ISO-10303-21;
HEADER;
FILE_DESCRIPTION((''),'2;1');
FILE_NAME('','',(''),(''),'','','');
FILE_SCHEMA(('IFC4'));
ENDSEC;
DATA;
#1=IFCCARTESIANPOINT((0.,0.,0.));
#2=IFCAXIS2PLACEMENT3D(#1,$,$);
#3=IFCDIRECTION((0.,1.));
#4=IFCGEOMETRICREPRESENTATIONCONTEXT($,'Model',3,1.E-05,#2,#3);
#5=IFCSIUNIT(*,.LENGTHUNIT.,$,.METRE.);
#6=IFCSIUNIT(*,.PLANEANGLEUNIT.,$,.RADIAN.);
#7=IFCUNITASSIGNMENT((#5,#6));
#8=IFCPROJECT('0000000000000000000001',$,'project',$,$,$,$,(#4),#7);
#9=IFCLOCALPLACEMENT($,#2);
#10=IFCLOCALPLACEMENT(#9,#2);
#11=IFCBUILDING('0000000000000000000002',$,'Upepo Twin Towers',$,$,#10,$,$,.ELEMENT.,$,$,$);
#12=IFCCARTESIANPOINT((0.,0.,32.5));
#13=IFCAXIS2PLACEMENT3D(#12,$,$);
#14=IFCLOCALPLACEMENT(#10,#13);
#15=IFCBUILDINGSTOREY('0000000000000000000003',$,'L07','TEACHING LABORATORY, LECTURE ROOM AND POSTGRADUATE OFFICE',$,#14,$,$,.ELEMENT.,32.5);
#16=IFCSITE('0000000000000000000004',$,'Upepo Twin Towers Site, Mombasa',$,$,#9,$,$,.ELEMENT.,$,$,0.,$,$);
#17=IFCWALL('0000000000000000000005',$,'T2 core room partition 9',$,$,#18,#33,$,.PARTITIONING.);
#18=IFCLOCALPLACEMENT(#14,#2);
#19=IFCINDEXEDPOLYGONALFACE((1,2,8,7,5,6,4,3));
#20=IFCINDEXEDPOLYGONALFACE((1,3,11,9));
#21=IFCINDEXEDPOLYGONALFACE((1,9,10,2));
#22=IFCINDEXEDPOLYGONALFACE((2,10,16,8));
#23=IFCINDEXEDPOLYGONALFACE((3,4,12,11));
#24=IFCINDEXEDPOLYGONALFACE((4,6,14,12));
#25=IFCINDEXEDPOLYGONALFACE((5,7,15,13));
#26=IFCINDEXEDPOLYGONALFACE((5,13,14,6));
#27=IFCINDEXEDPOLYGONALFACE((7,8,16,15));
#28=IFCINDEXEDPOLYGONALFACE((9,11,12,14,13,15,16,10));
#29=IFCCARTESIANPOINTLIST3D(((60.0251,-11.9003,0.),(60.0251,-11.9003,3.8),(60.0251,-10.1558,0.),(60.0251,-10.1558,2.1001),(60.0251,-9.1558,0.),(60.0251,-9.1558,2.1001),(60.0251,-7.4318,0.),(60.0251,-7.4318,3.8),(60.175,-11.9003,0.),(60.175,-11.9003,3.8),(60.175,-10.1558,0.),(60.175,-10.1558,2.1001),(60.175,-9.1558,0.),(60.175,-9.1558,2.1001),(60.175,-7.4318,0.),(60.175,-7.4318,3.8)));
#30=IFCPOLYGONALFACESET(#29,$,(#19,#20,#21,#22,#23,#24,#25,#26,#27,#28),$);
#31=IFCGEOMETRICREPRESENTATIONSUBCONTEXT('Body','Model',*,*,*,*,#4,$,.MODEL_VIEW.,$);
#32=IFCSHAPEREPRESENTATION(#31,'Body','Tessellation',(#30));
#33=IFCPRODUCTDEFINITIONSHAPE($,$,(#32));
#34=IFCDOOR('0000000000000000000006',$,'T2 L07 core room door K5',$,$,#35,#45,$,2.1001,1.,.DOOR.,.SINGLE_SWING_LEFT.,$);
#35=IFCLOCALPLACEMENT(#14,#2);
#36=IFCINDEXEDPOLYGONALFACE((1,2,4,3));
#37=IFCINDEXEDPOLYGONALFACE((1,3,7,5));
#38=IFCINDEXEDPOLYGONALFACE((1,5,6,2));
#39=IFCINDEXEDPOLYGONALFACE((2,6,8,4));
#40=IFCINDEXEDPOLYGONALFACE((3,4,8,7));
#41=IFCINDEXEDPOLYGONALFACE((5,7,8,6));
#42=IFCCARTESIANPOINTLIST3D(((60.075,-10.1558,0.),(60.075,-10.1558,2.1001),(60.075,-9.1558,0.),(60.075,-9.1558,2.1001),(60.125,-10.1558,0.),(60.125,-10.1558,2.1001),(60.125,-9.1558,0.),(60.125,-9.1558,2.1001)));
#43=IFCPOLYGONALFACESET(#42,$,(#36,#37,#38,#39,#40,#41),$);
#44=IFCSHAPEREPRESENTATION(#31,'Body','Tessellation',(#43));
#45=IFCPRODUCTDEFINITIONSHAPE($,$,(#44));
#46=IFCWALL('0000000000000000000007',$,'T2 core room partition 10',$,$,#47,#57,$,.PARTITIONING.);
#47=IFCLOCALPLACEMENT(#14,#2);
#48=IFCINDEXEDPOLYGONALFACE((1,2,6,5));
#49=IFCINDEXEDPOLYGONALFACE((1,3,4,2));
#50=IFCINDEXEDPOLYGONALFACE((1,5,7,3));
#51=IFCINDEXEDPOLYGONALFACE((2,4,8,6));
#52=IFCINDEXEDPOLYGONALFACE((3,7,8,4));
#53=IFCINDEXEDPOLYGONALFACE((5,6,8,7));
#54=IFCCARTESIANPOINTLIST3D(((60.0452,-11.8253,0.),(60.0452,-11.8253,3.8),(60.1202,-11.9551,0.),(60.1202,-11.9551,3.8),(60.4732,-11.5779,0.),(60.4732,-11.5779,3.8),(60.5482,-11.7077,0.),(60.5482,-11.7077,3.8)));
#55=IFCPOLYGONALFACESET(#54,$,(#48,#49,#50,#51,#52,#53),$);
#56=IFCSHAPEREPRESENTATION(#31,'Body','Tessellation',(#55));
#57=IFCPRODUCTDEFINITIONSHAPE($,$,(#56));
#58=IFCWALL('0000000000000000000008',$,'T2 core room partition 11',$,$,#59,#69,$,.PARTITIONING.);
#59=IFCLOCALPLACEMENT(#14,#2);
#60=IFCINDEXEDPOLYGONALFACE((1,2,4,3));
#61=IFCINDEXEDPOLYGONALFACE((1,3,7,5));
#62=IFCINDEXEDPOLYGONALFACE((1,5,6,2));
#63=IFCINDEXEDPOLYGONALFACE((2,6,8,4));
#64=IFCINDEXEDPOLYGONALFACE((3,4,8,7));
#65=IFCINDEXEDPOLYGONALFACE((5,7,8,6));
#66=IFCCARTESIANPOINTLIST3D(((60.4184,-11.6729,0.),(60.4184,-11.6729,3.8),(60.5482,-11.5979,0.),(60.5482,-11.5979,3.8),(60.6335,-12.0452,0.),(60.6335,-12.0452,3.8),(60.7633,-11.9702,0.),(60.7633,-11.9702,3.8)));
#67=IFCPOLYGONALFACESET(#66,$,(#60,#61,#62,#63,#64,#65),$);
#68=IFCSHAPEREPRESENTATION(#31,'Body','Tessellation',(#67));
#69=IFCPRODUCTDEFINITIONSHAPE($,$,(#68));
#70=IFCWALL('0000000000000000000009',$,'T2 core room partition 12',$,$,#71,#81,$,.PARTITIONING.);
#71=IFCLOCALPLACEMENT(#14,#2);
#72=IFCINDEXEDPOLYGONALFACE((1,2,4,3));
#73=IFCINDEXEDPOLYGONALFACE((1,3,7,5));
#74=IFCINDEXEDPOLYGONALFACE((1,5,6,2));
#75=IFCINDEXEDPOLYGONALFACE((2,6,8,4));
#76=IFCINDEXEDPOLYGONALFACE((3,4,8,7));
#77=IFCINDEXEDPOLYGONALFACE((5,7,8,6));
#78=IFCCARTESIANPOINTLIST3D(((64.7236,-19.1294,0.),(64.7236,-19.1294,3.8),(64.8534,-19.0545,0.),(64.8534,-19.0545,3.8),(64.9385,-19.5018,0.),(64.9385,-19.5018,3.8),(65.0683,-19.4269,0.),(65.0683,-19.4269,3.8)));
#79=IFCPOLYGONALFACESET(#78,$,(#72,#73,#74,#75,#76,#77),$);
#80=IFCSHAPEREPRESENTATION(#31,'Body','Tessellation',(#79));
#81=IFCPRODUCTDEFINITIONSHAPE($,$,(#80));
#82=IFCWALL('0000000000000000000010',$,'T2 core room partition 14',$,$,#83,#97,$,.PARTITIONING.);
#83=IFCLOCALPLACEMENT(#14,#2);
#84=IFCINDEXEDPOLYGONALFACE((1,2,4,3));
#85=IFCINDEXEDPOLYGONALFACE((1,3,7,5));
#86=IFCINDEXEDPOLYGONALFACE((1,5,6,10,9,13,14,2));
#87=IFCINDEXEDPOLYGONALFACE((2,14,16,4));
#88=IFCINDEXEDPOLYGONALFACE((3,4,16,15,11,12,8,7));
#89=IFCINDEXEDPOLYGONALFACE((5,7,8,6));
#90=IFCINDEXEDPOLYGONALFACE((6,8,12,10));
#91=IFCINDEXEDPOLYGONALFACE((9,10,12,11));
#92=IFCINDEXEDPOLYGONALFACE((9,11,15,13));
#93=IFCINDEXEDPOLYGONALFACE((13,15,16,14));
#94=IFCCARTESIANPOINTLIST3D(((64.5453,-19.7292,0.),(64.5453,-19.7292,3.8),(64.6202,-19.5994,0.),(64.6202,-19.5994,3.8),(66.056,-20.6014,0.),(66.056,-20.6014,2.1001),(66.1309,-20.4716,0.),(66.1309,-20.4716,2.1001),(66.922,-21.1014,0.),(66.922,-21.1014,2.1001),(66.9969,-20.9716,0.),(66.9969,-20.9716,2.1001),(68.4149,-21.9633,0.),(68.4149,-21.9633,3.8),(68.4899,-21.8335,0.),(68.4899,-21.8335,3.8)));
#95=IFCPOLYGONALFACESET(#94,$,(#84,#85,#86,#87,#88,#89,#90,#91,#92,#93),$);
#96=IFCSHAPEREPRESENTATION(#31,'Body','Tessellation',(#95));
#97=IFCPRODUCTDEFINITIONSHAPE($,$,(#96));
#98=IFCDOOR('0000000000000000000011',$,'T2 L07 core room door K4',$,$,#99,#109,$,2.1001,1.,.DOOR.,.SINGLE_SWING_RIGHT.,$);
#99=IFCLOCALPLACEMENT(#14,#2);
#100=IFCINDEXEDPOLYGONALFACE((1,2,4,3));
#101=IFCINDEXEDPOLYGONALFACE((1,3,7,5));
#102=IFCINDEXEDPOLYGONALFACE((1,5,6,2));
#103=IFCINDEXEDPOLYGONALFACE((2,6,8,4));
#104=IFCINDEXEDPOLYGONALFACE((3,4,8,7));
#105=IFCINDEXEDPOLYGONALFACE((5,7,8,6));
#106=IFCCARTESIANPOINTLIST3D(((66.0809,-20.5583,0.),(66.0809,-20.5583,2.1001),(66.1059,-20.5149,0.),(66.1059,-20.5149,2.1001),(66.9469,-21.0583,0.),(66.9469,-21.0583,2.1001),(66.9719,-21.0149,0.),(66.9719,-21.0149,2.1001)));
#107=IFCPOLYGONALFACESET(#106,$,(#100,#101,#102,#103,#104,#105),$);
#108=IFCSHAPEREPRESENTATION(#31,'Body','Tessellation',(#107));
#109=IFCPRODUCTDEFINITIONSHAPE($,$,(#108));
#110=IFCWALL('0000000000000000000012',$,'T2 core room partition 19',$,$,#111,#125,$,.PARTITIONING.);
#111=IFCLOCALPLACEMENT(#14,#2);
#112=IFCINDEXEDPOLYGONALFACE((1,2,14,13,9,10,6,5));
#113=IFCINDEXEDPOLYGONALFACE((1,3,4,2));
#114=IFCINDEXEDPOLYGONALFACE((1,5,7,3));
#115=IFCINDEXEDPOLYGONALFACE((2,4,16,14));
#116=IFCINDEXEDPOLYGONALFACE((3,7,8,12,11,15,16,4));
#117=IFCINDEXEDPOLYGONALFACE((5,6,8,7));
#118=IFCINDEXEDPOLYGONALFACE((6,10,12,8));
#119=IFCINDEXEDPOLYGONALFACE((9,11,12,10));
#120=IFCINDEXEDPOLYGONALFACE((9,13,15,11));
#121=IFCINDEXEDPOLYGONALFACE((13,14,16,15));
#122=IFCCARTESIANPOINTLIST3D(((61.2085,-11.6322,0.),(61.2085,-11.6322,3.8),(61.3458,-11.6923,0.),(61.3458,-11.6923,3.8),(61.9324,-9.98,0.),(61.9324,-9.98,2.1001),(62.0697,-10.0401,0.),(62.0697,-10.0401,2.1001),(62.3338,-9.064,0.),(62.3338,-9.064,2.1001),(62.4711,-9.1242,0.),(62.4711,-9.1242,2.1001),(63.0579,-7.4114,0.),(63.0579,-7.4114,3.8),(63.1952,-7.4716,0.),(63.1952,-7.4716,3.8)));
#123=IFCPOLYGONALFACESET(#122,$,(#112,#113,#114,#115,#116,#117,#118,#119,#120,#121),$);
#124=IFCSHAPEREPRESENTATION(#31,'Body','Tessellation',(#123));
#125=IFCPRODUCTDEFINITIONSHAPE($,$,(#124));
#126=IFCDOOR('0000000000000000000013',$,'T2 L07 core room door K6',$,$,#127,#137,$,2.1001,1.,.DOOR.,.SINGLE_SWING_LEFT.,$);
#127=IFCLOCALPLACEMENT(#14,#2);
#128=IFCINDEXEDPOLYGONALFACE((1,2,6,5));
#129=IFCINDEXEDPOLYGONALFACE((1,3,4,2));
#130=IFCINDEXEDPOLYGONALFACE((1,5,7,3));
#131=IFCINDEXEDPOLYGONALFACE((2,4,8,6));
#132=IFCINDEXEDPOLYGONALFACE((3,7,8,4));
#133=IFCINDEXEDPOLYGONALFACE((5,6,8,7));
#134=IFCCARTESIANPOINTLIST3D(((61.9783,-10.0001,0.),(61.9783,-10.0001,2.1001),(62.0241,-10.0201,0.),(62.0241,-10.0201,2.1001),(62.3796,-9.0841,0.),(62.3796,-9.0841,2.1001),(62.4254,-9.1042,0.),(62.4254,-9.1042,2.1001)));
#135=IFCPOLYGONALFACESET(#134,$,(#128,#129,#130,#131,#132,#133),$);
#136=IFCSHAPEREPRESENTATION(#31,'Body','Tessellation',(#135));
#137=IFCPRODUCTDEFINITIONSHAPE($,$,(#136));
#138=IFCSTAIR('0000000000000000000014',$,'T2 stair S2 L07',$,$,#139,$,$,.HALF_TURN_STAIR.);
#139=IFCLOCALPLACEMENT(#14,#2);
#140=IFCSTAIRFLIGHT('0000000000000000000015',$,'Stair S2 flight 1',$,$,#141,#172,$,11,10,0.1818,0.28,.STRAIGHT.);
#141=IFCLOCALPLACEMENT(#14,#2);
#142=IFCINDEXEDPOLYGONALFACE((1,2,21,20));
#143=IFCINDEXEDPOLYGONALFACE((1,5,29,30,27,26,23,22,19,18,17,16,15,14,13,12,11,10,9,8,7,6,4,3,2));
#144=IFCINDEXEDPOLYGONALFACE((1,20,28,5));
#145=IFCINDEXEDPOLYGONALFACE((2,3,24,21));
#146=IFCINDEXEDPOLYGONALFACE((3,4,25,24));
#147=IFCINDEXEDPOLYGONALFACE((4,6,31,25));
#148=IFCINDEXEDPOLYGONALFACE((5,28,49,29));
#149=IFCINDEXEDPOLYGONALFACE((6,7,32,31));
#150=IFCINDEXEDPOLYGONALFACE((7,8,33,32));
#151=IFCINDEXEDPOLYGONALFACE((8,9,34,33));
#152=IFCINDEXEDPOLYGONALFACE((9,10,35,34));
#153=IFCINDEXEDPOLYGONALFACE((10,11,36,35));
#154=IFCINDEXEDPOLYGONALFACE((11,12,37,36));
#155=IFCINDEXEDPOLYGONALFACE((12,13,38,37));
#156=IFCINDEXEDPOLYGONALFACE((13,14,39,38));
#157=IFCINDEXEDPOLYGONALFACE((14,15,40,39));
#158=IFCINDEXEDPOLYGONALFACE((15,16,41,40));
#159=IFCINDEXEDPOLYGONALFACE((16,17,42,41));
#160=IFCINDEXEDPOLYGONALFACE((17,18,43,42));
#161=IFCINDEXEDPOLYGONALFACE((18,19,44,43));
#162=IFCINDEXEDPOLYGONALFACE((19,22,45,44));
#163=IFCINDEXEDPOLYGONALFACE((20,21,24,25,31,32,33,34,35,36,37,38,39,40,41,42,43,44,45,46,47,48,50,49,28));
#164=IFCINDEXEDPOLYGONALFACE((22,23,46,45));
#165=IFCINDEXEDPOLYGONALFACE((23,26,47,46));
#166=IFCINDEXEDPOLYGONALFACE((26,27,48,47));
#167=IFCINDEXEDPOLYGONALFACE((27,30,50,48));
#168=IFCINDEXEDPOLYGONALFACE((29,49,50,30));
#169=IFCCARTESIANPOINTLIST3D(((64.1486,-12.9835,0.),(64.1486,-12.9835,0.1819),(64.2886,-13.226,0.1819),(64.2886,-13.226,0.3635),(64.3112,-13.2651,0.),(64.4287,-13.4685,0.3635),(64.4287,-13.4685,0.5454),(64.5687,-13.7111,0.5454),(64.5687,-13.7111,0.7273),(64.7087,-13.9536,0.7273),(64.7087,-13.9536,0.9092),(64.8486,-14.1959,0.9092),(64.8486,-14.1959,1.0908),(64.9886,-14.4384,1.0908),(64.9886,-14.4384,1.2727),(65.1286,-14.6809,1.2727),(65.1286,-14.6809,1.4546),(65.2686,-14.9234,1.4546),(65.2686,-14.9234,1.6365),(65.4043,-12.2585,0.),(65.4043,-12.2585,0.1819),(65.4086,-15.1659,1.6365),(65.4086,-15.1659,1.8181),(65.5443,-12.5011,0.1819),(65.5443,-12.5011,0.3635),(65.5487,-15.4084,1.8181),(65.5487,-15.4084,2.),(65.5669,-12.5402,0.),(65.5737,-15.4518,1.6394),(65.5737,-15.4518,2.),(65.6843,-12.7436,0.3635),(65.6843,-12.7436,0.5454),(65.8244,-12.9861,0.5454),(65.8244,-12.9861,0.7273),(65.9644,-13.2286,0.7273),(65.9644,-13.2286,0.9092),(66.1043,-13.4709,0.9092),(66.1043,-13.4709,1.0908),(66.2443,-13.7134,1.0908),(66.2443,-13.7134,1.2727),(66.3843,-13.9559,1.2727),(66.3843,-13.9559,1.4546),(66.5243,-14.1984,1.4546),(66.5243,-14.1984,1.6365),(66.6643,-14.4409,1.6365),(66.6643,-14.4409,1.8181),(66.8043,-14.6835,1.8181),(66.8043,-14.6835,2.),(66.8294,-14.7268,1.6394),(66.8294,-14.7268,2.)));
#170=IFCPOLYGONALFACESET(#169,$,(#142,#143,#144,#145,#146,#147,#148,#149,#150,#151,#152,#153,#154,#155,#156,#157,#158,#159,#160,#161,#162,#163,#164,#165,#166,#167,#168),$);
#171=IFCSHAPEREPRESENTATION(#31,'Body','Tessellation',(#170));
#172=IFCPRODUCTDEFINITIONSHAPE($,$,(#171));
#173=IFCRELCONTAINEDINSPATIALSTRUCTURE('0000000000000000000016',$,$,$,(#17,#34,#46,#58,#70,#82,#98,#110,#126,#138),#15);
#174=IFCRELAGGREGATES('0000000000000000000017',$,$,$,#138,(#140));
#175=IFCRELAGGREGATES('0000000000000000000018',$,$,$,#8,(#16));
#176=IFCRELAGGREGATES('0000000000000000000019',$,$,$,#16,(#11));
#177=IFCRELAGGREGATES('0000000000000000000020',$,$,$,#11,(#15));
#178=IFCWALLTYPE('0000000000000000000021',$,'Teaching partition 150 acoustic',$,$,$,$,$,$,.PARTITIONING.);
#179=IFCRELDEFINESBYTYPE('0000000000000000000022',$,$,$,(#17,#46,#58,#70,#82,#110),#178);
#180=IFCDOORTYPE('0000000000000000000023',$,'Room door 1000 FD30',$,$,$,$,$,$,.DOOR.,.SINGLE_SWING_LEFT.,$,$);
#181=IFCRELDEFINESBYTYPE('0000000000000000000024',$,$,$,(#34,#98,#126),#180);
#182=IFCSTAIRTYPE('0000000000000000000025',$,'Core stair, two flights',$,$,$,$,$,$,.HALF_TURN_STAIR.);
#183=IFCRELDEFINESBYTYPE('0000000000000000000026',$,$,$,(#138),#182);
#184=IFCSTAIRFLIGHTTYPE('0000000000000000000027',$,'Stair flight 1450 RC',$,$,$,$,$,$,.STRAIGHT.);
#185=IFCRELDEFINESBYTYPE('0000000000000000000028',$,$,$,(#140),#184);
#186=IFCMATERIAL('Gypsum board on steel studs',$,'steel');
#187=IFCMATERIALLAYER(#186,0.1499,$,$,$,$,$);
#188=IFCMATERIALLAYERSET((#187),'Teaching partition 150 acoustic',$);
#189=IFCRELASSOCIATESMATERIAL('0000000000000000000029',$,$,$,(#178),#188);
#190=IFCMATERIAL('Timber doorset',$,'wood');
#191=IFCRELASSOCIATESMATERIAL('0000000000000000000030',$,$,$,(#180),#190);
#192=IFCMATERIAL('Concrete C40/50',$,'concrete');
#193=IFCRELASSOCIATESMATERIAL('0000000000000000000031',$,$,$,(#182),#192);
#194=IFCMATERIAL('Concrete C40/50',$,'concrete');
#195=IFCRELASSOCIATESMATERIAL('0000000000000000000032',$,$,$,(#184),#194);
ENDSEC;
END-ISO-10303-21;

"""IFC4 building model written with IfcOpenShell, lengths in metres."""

from ifc_helpers import new_model, si_unit, direction, frame, frame_2d, origin, place, context, subcontext, project, spatial, polyline, rectangle, outline, extrude, material, layer, layer_set, type_object, element, fill, aggregate, save


model = new_model("IFC4")

# Units and contexts
model_context = context("Model", 3, precision=1e-05, world=origin(), true_north=direction((0.0, 1.0)))
body_context = subcontext(model_context, "Body", "Model", "MODEL_VIEW")
ifc_project = project(units=[si_unit("LENGTHUNIT", "METRE"), si_unit("PLANEANGLEUNIT", "RADIAN")], contexts=[model_context])

# Site, building, storey
site_placement = place(None, origin())
site = spatial("IfcSite", under=ifc_project, at=site_placement, Name="Upepo Twin Towers Site, Mombasa", CompositionType="ELEMENT", RefElevation=0.0)
building_placement = place(site_placement, origin())
building = spatial("IfcBuilding", under=site, at=building_placement, Name="Upepo Twin Towers", CompositionType="ELEMENT")
storey_placement = place(building_placement, frame((0.0, 0.0, 32.5)))
storey = spatial("IfcBuildingStorey", under=building, at=storey_placement, Name="L07", Description="TEACHING LABORATORY, LECTURE ROOM AND POSTGRADUATE OFFICE", CompositionType="ELEMENT", Elevation=32.5)

# Wall, opening, door
ifc_material_1 = material(Name="Gypsum board on steel studs", Category="steel")
ifc_layer_1 = layer(ifc_material_1, 0.1499)
ifc_layer_set_1 = layer_set([ifc_layer_1], Name="Teaching partition 150 acoustic")
wall_type_1 = type_object("IfcWallType", Name="Teaching partition 150 acoustic", PredefinedType="PARTITIONING", material=ifc_layer_set_1)
wall_1_placement = place(storey_placement, frame((60.1001, -7.4316, 0.0), z_axis=(0.0, 0.0, 1.0), x_axis=(0.0, -1.0, 0.0)))
wall_1 = element("IfcWall", 1, at=wall_1_placement, inside=storey, type_object=wall_type_1, Name="T2 core room partition 9", PredefinedType="PARTITIONING", context=body_context, shape_type="SweptSolid", body=[
    extrude(rectangle(XDim=4.4685, YDim=0.1499, at=frame_2d((2.2344, 0.0))), origin(), (0.0, 0.0, 1.0), 3.8),
])
opening_1_placement = place(wall_1_placement, frame((1.7241, 0.0, 0.0)))
opening_1 = element("IfcOpeningElement", 2, at=opening_1_placement, cuts=wall_1, PredefinedType="OPENING", context=body_context, shape_type="SweptSolid", body=[
    extrude(rectangle(XDim=1.0, YDim=2.1001, at=frame_2d((0.5, 1.05))), frame((0.0, 0.085, 0.0), z_axis=(0.0, -1.0, 0.0), x_axis=(1.0, 0.0, 0.0)), (0.0, 0.0, 1.0), 0.1699),
])
ifc_material_2 = material(Name="Timber doorset", Category="wood")
door_type_1 = type_object("IfcDoorType", Name="Room door 1000 FD30", OperationType="SINGLE_SWING_LEFT", PredefinedType="DOOR", material=ifc_material_2)
door_1_placement = place(opening_1_placement, origin())
door_1 = element("IfcDoor", 3, at=door_1_placement, inside=storey, type_object=door_type_1, Name="T2 L07 core room door K5", OperationType="SINGLE_SWING_LEFT", OverallHeight=2.1001, OverallWidth=1.0, PredefinedType="DOOR", context=body_context, shape_type="SweptSolid", body=[
    extrude(rectangle(XDim=1.0, YDim=2.1001, at=frame_2d((0.5, 1.05))), frame((0.0, 0.0249, 0.0), z_axis=(0.0, -1.0, 0.0), x_axis=(1.0, 0.0, 0.0)), (0.0, 0.0, 1.0), 0.05),
])
fill(opening_1, door_1)

# Walls
wall_2_placement = place(storey_placement, frame((60.0828, -11.8901, 0.0), z_axis=(0.0, 0.0, 1.0), x_axis=(0.865832, 0.500335, 0.0)))
element("IfcWall", 4, at=wall_2_placement, inside=storey, type_object=wall_type_1, Name="T2 core room partition 10", PredefinedType="PARTITIONING", context=body_context, shape_type="SweptSolid", body=[
    extrude(rectangle(XDim=0.4944, YDim=0.1499, at=frame_2d((0.2471, 0.0))), origin(), (0.0, 0.0, 1.0), 3.8),
])
for number, where, z_axis, x_axis, name in (
    (5, (60.4834, -11.6355, 0.0), (0.0, 0.0, 1.0), (0.50023, -0.865892, 0.0), "T2 core room partition 11"),
    (6, (64.7886, -19.092, 0.0), (0.0, 0.0, 1.0), (0.499804, -0.866138, 0.0), "T2 core room partition 12"),
):
    element("IfcWall", number, at=place(storey_placement, frame(where, z_axis=z_axis, x_axis=x_axis)), inside=storey, type_object=wall_type_1, Name=name, PredefinedType="PARTITIONING", context=body_context, shape_type="SweptSolid", body=[
        extrude(rectangle(XDim=0.4299, YDim=0.1499, at=frame_2d((0.2148, 0.0))), origin(), (0.0, 0.0, 1.0), 3.8),
    ])

# Walls, openings, doors
wall_3_placement = place(storey_placement, frame((64.5828, -19.6643, 0.0), z_axis=(0.0, 0.0, 1.0), x_axis=(0.866025, -0.5, 0.0)))
wall_3 = element("IfcWall", 7, at=wall_3_placement, inside=storey, type_object=wall_type_1, Name="T2 core room partition 14", PredefinedType="PARTITIONING", context=body_context, shape_type="SweptSolid", body=[
    extrude(rectangle(XDim=4.4683, YDim=0.1499, at=frame_2d((2.2341, 0.0))), origin(), (0.0, 0.0, 1.0), 3.8),
])
opening_2_placement = place(wall_3_placement, frame((1.7444, 0.0, 0.0)))
opening_2 = element("IfcOpeningElement", 8, at=opening_2_placement, cuts=wall_3, PredefinedType="OPENING", context=body_context, shape_type="SweptSolid", body=[
    extrude(rectangle(XDim=1.0, YDim=2.1001, at=frame_2d((0.5, 1.05))), frame((0.0, 0.085, 0.0), z_axis=(0.0, -1.0, 0.0), x_axis=(1.0, 0.0, 0.0)), (0.0, 0.0, 1.0), 0.1699),
])
door_2_placement = place(opening_2_placement, origin())
door_2 = element("IfcDoor", 9, at=door_2_placement, inside=storey, type_object=door_type_1, Name="T2 L07 core room door K4", OperationType="SINGLE_SWING_RIGHT", OverallHeight=2.1001, OverallWidth=1.0, PredefinedType="DOOR", context=body_context, shape_type="SweptSolid", body=[
    extrude(rectangle(XDim=1.0, YDim=2.1001, at=frame_2d((0.5, 1.05))), frame((0.0, 0.0249, 0.0), z_axis=(0.0, -1.0, 0.0), x_axis=(1.0, 0.0, 0.0)), (0.0, 0.0, 1.0), 0.05),
])
fill(opening_2, door_2)
wall_4_placement = place(storey_placement, frame((61.2771, -11.6624, 0.0), z_axis=(0.0, 0.0, 1.0), x_axis=(0.40133, 0.915933, 0.0)))
wall_4 = element("IfcWall", 10, at=wall_4_placement, inside=storey, type_object=wall_type_1, Name="T2 core room partition 19", PredefinedType="PARTITIONING", context=body_context, shape_type="SweptSolid", body=[
    extrude(rectangle(XDim=4.6082, YDim=0.1499, at=frame_2d((2.3042, 0.0))), origin(), (0.0, 0.0, 1.0), 3.8),
])
opening_3_placement = place(wall_4_placement, frame((1.804, 0.0, 0.0)))
opening_3 = element("IfcOpeningElement", 11, at=opening_3_placement, cuts=wall_4, PredefinedType="OPENING", context=body_context, shape_type="SweptSolid", body=[
    extrude(rectangle(XDim=1.0, YDim=2.1001, at=frame_2d((0.5, 1.05))), frame((0.0, 0.085, 0.0), z_axis=(0.0, -1.0, 0.0), x_axis=(1.0, 0.0, 0.0)), (0.0, 0.0, 1.0), 0.1699),
])
door_3_placement = place(opening_3_placement, origin())
door_3 = element("IfcDoor", 12, at=door_3_placement, inside=storey, type_object=door_type_1, Name="T2 L07 core room door K6", OperationType="SINGLE_SWING_LEFT", OverallHeight=2.1001, OverallWidth=1.0, PredefinedType="DOOR", context=body_context, shape_type="SweptSolid", body=[
    extrude(rectangle(XDim=1.0, YDim=2.1001, at=frame_2d((0.5, 1.05))), frame((0.0, 0.0249, 0.0), z_axis=(0.0, -1.0, 0.0), x_axis=(1.0, 0.0, 0.0)), (0.0, 0.0, 1.0), 0.05),
])
fill(opening_3, door_3)

# Stair, stair flight
ifc_material_3 = material(Name="Concrete C40/50", Category="concrete")
stair_type = type_object("IfcStairType", Name="Core stair, two flights", PredefinedType="HALF_TURN_STAIR", material=ifc_material_3)
stair_placement = place(storey_placement, origin())
stair = element("IfcStair", 13, at=stair_placement, inside=storey, type_object=stair_type, Name="T2 stair S2 L07", PredefinedType="HALF_TURN_STAIR")
ifc_material_4 = material(Name="Concrete C40/50", Category="concrete")
stair_flight_type = type_object("IfcStairFlightType", Name="Stair flight 1450 RC", PredefinedType="STRAIGHT", material=ifc_material_4)
stair_flight_placement = place(storey_placement, frame((64.7764, -12.6211, 0.0), z_axis=(0.0, 0.0, 1.0), x_axis=(0.5, -0.866025, 0.0)))
stair_flight = element("IfcStairFlight", 14, at=stair_flight_placement, type_object=stair_flight_type, Name="Stair S2 flight 1", NumberOfRisers=11, NumberOfTreads=10, PredefinedType="STRAIGHT", RiserHeight=0.1818, TreadLength=0.28, context=body_context, shape_type="SweptSolid", body=[
    extrude(outline(polyline([(0.0, 0.0), (0.0, 0.1819), (0.28, 0.1819), (0.28, 0.3635), (0.5601, 0.3635), (0.5601, 0.5454), (0.8401, 0.5454), (0.8401, 0.7273), (1.1201, 0.7273), (1.1201, 0.9092), (1.3999, 0.9092), (1.3999, 1.0908), (1.6799, 1.0908), (1.6799, 1.2727), (1.96, 1.2727), (1.96, 1.4546), (2.24, 1.4546), (2.24, 1.6365), (2.52, 1.6365), (2.52, 1.8181), (2.8, 1.8181), (2.8, 2.0), (2.8501, 2.0), (2.8501, 1.6394), (0.3252, 0.0), (0.0, 0.0)])), frame((0.0, 0.7251, 0.0), z_axis=(0.0, -1.0, 0.0), x_axis=(1.0, 0.0, 0.0)), (0.0, 0.0, 1.0), 1.45),
])
aggregate(stair, [stair_flight])

save(model, "model.ifc")
